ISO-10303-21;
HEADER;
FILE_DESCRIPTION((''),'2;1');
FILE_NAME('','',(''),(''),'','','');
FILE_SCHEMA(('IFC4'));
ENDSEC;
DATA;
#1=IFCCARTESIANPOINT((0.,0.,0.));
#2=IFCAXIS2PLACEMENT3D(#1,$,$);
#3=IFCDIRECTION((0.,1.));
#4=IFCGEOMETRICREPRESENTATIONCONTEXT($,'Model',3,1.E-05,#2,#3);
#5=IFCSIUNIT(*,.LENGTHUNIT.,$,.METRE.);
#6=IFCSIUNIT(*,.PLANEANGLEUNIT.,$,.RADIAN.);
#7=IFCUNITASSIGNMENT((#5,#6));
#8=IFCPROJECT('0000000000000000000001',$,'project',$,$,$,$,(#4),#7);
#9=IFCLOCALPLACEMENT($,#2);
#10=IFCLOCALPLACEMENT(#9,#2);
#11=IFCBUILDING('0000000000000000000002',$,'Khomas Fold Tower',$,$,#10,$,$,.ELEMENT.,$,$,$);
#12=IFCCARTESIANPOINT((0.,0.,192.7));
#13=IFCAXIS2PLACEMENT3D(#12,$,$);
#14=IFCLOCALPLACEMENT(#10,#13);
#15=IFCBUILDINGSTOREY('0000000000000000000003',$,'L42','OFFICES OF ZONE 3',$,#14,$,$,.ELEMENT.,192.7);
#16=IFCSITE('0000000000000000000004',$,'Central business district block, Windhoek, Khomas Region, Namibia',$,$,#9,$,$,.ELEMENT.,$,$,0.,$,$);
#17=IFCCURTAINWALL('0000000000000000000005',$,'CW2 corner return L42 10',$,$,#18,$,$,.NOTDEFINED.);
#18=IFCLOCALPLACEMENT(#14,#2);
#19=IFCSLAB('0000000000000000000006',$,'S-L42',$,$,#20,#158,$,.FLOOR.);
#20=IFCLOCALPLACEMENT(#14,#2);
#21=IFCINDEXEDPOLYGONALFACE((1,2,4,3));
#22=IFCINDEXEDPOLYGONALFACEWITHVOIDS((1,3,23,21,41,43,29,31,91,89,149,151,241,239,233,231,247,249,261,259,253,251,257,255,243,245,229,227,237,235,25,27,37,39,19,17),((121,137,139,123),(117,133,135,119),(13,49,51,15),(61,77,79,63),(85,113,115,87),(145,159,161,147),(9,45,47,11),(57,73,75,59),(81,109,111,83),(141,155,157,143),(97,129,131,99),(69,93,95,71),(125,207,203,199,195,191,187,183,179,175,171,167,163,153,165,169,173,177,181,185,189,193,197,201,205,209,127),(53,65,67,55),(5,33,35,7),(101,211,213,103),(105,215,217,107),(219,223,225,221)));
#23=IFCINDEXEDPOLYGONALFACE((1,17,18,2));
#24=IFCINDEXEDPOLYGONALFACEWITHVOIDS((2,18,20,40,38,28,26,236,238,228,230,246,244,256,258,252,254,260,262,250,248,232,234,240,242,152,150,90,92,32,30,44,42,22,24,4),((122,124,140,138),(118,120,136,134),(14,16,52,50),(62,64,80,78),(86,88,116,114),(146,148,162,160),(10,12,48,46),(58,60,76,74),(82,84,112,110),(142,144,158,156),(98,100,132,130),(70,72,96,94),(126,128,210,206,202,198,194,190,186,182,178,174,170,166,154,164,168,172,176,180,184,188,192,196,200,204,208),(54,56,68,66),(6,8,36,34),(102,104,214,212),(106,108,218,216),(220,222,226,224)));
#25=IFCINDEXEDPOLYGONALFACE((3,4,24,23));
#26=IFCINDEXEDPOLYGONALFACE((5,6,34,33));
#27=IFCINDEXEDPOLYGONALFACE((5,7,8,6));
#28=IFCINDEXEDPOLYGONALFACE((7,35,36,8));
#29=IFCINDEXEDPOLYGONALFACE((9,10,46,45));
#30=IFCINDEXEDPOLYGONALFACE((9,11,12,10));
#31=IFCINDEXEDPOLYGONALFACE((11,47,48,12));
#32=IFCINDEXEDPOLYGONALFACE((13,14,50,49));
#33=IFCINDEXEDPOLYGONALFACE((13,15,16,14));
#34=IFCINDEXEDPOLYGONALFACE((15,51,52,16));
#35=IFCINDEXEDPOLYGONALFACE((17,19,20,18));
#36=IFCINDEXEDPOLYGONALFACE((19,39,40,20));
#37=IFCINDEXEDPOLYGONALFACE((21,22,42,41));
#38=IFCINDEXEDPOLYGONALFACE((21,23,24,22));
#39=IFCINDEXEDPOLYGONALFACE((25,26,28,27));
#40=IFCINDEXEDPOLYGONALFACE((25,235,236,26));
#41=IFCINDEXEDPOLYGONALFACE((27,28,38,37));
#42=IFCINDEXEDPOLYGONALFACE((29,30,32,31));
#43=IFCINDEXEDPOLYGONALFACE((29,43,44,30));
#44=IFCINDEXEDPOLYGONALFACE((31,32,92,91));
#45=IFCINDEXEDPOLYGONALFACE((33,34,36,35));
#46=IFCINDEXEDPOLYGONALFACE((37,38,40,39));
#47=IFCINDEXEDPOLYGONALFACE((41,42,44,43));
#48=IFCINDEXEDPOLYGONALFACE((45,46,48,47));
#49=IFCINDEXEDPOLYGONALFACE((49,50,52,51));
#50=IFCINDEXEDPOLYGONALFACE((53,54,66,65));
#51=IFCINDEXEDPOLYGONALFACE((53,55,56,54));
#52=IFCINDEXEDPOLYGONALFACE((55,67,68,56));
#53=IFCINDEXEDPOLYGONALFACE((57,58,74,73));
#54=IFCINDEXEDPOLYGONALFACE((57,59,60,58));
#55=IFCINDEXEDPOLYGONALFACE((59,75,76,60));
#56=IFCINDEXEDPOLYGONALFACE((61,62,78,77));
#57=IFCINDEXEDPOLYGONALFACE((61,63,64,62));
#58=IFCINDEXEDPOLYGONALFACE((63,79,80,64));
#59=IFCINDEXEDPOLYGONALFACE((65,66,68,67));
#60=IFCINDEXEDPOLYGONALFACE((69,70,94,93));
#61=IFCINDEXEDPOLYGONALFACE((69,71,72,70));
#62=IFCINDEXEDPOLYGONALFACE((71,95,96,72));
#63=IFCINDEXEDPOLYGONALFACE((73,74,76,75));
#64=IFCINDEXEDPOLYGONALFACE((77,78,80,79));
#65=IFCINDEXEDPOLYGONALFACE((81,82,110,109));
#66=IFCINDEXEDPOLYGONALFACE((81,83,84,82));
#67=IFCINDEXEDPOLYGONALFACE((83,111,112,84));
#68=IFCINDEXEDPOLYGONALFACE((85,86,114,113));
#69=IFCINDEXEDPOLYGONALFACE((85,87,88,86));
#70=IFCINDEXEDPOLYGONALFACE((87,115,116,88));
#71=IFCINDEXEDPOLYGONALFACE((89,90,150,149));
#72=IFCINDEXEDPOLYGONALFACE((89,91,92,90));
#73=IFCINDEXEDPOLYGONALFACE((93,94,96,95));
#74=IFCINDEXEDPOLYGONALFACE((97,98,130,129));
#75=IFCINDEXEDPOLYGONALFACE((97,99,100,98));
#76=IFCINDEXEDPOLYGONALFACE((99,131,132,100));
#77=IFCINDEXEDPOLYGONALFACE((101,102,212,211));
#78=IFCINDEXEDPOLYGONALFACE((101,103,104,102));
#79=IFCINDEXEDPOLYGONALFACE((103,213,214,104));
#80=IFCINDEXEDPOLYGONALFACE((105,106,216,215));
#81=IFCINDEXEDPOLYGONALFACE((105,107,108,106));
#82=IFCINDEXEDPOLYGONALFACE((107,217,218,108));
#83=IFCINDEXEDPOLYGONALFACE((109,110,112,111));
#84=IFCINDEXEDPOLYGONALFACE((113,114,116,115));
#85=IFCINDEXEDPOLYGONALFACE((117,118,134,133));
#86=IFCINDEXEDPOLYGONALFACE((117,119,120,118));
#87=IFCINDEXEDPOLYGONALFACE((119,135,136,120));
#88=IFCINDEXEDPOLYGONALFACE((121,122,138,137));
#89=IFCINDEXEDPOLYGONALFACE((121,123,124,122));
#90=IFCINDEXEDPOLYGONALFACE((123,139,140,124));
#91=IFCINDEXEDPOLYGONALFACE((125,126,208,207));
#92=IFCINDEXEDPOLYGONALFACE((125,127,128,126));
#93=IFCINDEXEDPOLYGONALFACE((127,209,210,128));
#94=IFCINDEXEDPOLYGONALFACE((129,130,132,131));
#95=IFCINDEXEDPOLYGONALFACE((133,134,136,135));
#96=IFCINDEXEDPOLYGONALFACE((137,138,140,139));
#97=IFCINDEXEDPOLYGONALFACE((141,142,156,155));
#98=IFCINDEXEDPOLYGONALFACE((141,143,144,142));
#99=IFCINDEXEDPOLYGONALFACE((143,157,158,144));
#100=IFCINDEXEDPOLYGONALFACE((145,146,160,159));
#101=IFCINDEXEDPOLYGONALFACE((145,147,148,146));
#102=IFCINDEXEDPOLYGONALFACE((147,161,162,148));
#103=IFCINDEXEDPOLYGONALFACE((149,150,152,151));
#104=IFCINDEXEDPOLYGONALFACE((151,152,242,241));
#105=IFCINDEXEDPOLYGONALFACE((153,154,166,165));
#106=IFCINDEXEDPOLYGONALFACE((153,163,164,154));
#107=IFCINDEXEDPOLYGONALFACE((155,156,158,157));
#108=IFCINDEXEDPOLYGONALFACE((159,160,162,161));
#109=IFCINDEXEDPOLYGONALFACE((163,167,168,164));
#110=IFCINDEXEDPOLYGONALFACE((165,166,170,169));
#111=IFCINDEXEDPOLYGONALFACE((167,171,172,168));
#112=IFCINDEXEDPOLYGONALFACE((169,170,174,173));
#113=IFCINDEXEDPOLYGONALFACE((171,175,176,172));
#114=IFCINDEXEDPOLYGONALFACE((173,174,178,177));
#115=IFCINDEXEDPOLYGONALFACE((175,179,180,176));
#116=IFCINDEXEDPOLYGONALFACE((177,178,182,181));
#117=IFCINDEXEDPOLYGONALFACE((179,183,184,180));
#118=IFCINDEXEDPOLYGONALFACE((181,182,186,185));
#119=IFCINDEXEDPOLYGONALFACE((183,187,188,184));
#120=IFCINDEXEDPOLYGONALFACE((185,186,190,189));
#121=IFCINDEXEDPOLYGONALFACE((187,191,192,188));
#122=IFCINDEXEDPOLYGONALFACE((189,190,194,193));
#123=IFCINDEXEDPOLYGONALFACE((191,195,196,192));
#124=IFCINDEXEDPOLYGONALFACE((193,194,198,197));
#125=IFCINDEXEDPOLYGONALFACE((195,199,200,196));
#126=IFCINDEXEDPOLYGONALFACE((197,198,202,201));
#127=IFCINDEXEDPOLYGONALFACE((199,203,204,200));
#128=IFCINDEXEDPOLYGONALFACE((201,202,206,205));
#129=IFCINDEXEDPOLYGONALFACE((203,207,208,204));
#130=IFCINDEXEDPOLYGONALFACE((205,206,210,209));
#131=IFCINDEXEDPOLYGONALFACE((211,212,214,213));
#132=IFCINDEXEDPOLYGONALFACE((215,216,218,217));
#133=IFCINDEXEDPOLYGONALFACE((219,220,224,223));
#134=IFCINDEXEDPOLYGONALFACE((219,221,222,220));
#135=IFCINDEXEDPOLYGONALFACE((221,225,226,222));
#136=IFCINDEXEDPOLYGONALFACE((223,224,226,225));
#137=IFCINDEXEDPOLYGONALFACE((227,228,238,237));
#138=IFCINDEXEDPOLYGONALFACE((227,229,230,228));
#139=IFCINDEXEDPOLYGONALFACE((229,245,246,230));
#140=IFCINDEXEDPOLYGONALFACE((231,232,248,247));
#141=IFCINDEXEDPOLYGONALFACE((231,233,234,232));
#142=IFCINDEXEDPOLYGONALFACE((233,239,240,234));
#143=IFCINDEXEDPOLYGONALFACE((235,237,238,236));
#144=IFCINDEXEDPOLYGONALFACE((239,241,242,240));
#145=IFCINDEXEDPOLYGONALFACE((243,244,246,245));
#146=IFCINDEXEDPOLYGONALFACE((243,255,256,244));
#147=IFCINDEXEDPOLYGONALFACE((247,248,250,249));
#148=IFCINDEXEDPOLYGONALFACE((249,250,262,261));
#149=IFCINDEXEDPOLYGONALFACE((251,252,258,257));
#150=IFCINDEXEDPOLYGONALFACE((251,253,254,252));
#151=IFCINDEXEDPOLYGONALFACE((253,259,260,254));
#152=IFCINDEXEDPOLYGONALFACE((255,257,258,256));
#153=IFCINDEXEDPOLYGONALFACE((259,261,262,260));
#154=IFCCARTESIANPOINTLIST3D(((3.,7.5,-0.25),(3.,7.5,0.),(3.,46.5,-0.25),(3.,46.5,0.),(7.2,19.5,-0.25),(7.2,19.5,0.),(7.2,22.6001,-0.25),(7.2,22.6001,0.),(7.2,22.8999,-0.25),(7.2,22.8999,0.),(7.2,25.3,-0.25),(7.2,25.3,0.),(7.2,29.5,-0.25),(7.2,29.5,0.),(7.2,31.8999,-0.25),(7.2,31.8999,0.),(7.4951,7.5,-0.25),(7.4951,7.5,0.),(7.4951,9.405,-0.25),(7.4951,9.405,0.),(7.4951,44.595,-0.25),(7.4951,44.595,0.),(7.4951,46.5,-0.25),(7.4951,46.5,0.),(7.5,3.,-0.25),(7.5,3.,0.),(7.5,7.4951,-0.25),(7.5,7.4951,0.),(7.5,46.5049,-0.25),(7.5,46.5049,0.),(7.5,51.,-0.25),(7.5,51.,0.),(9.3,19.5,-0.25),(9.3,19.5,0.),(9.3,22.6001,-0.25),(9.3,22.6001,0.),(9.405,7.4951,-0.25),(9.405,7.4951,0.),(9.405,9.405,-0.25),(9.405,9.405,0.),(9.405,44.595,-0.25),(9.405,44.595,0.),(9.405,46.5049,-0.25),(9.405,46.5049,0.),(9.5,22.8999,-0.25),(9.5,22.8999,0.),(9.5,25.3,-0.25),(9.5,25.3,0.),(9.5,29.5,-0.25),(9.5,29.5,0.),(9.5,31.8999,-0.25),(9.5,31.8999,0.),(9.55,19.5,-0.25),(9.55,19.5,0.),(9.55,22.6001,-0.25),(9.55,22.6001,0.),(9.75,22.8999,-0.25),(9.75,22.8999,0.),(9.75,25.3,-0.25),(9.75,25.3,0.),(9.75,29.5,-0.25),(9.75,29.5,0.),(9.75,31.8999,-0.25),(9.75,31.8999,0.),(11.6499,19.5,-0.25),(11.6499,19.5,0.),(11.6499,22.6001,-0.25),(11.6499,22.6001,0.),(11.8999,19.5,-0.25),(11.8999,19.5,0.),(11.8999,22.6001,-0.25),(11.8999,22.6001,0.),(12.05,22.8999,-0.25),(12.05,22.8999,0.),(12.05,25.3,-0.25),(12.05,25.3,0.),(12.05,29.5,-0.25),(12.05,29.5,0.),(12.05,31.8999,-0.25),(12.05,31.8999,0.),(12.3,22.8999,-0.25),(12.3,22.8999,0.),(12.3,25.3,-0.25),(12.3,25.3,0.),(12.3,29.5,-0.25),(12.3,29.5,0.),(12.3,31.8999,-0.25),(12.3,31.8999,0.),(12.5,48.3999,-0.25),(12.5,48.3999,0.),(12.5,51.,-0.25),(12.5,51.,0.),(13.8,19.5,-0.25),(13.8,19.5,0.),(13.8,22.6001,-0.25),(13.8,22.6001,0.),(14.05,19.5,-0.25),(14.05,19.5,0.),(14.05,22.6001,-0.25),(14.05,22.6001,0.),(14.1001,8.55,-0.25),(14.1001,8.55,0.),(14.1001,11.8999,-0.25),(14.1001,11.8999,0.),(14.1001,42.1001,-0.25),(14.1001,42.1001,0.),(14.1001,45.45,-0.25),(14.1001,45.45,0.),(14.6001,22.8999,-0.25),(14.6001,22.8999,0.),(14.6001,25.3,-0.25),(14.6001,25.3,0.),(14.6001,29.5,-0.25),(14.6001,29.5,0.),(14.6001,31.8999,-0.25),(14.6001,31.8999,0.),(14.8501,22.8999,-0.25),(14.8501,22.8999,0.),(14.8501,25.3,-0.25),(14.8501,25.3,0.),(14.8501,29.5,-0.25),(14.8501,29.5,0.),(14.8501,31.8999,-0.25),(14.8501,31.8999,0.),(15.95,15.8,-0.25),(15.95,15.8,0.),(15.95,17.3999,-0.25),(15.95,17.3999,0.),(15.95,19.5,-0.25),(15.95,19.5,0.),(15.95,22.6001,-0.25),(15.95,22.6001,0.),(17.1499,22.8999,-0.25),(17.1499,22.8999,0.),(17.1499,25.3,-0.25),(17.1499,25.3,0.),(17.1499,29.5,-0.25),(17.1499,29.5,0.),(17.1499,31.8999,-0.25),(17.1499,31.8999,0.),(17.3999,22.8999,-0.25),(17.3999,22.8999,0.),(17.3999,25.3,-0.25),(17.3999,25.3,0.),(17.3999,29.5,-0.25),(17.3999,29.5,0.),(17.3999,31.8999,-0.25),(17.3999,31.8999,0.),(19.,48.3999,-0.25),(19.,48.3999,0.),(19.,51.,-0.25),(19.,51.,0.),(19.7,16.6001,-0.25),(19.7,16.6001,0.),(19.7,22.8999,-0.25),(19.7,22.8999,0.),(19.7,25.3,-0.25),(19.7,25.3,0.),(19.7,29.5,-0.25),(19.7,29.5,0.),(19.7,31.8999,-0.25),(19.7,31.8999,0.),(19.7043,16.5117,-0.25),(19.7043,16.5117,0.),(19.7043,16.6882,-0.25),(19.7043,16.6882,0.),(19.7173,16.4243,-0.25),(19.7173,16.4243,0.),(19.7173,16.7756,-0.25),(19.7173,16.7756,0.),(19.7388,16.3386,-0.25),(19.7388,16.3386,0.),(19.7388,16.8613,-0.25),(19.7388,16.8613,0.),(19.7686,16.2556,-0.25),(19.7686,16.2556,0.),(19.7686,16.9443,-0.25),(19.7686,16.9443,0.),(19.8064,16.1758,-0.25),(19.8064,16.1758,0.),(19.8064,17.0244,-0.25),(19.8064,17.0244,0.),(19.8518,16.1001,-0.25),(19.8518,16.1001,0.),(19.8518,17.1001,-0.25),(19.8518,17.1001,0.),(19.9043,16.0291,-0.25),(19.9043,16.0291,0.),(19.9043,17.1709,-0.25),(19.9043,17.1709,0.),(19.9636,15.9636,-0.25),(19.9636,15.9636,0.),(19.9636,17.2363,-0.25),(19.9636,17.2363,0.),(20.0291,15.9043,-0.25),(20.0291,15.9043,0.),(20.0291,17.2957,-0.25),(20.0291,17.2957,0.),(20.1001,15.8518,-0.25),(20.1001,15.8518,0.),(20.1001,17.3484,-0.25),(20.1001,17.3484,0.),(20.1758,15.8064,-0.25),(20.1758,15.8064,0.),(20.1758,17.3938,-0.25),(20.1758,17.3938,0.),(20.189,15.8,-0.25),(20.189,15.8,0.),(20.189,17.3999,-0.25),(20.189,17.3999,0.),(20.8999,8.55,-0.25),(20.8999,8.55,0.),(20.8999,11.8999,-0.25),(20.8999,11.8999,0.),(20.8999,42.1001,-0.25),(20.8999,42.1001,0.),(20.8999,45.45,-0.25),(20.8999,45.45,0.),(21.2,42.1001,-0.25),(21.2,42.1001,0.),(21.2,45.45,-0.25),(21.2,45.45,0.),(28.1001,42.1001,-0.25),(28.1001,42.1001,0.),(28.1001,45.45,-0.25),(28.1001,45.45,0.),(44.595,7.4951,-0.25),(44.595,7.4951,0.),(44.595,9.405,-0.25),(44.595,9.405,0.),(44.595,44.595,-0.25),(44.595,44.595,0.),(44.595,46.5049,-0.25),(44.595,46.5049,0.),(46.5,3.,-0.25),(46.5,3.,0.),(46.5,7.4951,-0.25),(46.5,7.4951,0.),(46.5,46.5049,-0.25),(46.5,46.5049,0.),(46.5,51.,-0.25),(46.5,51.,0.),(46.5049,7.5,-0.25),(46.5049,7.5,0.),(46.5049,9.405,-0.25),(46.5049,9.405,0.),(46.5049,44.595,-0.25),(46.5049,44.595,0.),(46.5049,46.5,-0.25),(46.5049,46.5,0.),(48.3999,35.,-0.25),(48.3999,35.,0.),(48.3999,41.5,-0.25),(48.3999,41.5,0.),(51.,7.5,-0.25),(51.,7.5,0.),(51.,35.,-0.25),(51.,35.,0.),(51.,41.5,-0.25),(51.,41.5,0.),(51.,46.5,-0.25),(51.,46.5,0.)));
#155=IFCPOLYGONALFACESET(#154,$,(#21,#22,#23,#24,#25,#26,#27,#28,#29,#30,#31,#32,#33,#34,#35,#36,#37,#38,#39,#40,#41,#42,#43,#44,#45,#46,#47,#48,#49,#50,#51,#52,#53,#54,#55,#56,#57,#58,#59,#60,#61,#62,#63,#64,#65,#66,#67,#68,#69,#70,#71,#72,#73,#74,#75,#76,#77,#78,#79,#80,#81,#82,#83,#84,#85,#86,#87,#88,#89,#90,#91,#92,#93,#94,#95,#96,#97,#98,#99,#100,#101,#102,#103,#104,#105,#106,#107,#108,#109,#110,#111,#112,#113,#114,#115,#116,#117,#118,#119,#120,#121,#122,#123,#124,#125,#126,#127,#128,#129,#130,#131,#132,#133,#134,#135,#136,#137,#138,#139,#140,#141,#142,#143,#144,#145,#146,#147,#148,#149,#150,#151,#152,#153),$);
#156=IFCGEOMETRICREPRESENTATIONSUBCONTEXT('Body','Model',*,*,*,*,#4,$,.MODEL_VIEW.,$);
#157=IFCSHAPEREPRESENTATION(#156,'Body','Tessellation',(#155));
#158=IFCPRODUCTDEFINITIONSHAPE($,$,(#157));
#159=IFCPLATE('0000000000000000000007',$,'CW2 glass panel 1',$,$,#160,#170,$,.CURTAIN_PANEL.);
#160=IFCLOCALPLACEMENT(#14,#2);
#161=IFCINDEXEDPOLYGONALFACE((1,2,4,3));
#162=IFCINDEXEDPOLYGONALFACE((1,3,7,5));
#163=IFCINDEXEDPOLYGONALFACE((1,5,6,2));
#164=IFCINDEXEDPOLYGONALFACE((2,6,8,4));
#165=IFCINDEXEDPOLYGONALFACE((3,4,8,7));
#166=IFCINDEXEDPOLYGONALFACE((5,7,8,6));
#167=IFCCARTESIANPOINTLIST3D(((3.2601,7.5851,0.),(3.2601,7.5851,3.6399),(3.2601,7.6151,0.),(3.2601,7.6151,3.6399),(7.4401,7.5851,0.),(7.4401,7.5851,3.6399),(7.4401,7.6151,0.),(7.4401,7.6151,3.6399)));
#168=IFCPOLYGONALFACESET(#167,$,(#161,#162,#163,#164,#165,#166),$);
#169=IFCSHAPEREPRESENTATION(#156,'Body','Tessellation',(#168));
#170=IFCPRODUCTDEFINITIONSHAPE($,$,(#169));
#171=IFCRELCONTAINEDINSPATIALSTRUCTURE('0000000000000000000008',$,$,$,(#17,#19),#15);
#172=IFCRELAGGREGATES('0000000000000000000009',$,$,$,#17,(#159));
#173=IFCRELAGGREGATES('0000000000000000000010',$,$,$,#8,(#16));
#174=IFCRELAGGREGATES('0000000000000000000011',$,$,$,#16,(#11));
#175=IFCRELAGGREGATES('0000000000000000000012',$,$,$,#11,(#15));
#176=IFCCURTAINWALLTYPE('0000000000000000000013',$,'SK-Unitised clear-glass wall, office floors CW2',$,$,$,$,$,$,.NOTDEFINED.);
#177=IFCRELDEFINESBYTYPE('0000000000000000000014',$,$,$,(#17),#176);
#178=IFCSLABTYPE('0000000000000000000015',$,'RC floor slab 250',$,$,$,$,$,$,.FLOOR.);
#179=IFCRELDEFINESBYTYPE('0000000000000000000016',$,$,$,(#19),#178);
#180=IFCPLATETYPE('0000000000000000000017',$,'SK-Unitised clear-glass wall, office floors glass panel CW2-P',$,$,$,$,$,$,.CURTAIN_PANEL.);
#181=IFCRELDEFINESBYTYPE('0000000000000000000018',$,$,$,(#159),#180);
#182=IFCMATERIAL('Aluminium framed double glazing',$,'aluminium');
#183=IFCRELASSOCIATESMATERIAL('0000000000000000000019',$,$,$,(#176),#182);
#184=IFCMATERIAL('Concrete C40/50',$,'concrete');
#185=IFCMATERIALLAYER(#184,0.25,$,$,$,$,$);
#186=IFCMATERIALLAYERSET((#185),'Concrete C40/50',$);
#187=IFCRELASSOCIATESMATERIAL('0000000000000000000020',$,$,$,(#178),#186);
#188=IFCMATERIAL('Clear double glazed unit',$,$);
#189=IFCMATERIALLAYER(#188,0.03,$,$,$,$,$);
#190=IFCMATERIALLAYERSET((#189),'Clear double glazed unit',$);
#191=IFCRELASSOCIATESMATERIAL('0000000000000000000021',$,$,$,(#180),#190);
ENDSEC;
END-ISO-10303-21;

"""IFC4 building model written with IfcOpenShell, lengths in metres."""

from ifc_helpers import new_model, si_unit, direction, frame, origin, origin_2d, place, context, subcontext, project, spatial, polyline, rectangle, outline, extrude, source, transform, mapped, material, layer, layer_set, type_object, element, aggregate, save


model = new_model("IFC4")

# Units and contexts
model_context = context("Model", 3, precision=1e-05, world=origin(), true_north=direction((0.0, 1.0)))
body_context = subcontext(model_context, "Body", "Model", "MODEL_VIEW")
ifc_project = project(units=[si_unit("LENGTHUNIT", "METRE"), si_unit("PLANEANGLEUNIT", "RADIAN")], contexts=[model_context])

# Site, building, storey
site_placement = place(None, origin())
site = spatial("IfcSite", under=ifc_project, at=site_placement, Name="Central business district block, Windhoek, Khomas Region, Namibia", CompositionType="ELEMENT", RefElevation=0.0)
building_placement = place(site_placement, origin())
building = spatial("IfcBuilding", under=site, at=building_placement, Name="Khomas Fold Tower", CompositionType="ELEMENT")
storey_placement = place(building_placement, frame((0.0, 0.0, 192.7)))
storey = spatial("IfcBuildingStorey", under=building, at=storey_placement, Name="L42", Description="OFFICES OF ZONE 3", CompositionType="ELEMENT", Elevation=192.7)

# Curtain wall
ifc_material_1 = material(Name="Aluminium framed double glazing", Category="aluminium")
curtain_wall_type = type_object("IfcCurtainWallType", Name="SK-Unitised clear-glass wall, office floors CW2", PredefinedType="NOTDEFINED", material=ifc_material_1)
curtain_wall_1_placement = place(storey_placement, origin())
curtain_wall_1 = element("IfcCurtainWall", 1, at=curtain_wall_1_placement, inside=storey, type_object=curtain_wall_type, Name="CW2 corner return L42 10", PredefinedType="NOTDEFINED")

# Slab
ifc_material_2 = material(Name="Concrete C40/50", Category="concrete")
ifc_layer_1 = layer(ifc_material_2, 0.25)
ifc_layer_set_1 = layer_set([ifc_layer_1], Name="Concrete C40/50")
slab_type_1 = type_object("IfcSlabType", Name="RC floor slab 250", PredefinedType="FLOOR", material=ifc_layer_set_1)
shared_shape_1 = source(origin(), body_context, "Body", "SweptSolid", [
    extrude(outline(polyline([(3.0, 7.5), (7.4951, 7.5), (7.4951, 9.405), (9.405, 9.405), (9.405, 7.4951), (7.5, 7.4951), (7.5, 3.0), (46.5, 3.0), (46.5, 7.4951), (44.595, 7.4951), (44.595, 9.405), (46.5049, 9.405), (46.5049, 7.5), (51.0, 7.5), (51.0, 35.0), (48.3999, 35.0), (48.3999, 41.5), (51.0, 41.5), (51.0, 46.5), (46.5049, 46.5), (46.5049, 44.595), (44.595, 44.595), (44.595, 46.5049), (46.5, 46.5049), (46.5, 51.0), (19.0, 51.0), (19.0, 48.3999), (12.5, 48.3999), (12.5, 51.0), (7.5, 51.0), (7.5, 46.5049), (9.405, 46.5049), (9.405, 44.595), (7.4951, 44.595), (7.4951, 46.5), (3.0, 46.5), (3.0, 7.5)]), holes=[polyline([(7.2, 19.5), (7.2, 22.6001), (9.3, 22.6001), (9.3, 19.5), (7.2, 19.5)]), polyline([(7.2, 22.8999), (7.2, 25.3), (9.5, 25.3), (9.5, 22.8999), (7.2, 22.8999)]), polyline([(7.2, 29.5), (7.2, 31.8999), (9.5, 31.8999), (9.5, 29.5), (7.2, 29.5)]), polyline([(9.55, 19.5), (9.55, 22.6001), (11.6499, 22.6001), (11.6499, 19.5), (9.55, 19.5)]), polyline([(9.75, 22.8999), (9.75, 25.3), (12.05, 25.3), (12.05, 22.8999), (9.75, 22.8999)]), polyline([(9.75, 29.5), (9.75, 31.8999), (12.05, 31.8999), (12.05, 29.5), (9.75, 29.5)]), polyline([(11.8999, 19.5), (11.8999, 22.6001), (13.8, 22.6001), (13.8, 19.5), (11.8999, 19.5)]), polyline([(12.3, 22.8999), (12.3, 25.3), (14.6001, 25.3), (14.6001, 22.8999), (12.3, 22.8999)]), polyline([(12.3, 29.5), (12.3, 31.8999), (14.6001, 31.8999), (14.6001, 29.5), (12.3, 29.5)]), polyline([(14.05, 19.5), (14.05, 22.6001), (15.95, 22.6001), (15.95, 19.5), (14.05, 19.5)]), polyline([(14.1001, 8.55), (14.1001, 11.8999), (20.8999, 11.8999), (20.8999, 8.55), (14.1001, 8.55)]), polyline([(14.1001, 42.1001), (14.1001, 45.45), (20.8999, 45.45), (20.8999, 42.1001), (14.1001, 42.1001)]), polyline([(14.8501, 22.8999), (14.8501, 25.3), (17.1499, 25.3), (17.1499, 22.8999), (14.8501, 22.8999)]), polyline([(14.8501, 29.5), (14.8501, 31.8999), (17.1499, 31.8999), (17.1499, 29.5), (14.8501, 29.5)]), polyline([(15.95, 15.8), (15.95, 17.3999), (20.189, 17.3999), (20.1758, 17.3938), (20.1001, 17.3484), (20.0291, 17.2957), (19.9636, 17.2363), (19.9043, 17.1709), (19.8518, 17.1001), (19.8064, 17.0244), (19.7686, 16.9443), (19.7388, 16.8613), (19.7173, 16.7756), (19.7043, 16.6882), (19.7, 16.6001), (19.7043, 16.5117), (19.7173, 16.4243), (19.7388, 16.3386), (19.7686, 16.2556), (19.8064, 16.1758), (19.8518, 16.1001), (19.9043, 16.0291), (19.9636, 15.9636), (20.0291, 15.9043), (20.1001, 15.8518), (20.1758, 15.8064), (20.189, 15.8), (15.95, 15.8)]), polyline([(17.3999, 22.8999), (17.3999, 25.3), (19.7, 25.3), (19.7, 22.8999), (17.3999, 22.8999)]), polyline([(17.3999, 29.5), (17.3999, 31.8999), (19.7, 31.8999), (19.7, 29.5), (17.3999, 29.5)]), polyline([(21.2, 42.1001), (21.2, 45.45), (28.1001, 45.45), (28.1001, 42.1001), (21.2, 42.1001)])]), origin(), (0.0, 0.0, 1.0), 0.25),
])
slab_1_placement = place(storey_placement, frame((0.0, 0.0, -0.25)))
element("IfcSlab", 2, at=slab_1_placement, inside=storey, type_object=slab_type_1, Name="S-L42", PredefinedType="FLOOR", context=body_context, shape_type="MappedRepresentation", body=[
    mapped(shared_shape_1, transform((0.0, 0.0, 0.0))),
])

# Plate
ifc_material_3 = material(Name="Clear double glazed unit")
ifc_layer_2 = layer(ifc_material_3, 0.03)
ifc_layer_set_2 = layer_set([ifc_layer_2], Name="Clear double glazed unit")
plate_type = type_object("IfcPlateType", Name="SK-Unitised clear-glass wall, office floors glass panel CW2-P", PredefinedType="CURTAIN_PANEL", material=ifc_layer_set_2)
shared_shape_2 = source(origin(), body_context, "Body", "SweptSolid", [
    extrude(rectangle(XDim=4.1799, YDim=0.03, at=origin_2d()), origin(), (0.0, 0.0, 1.0), 3.6399),
])
plate_1_placement = place(storey_placement, frame((5.3501, 7.6001, 0.0), z_axis=(0.0, 0.0, 1.0), x_axis=(1.0, 0.0, 0.0)))
plate_1 = element("IfcPlate", 3, at=plate_1_placement, type_object=plate_type, Name="CW2 glass panel 1", PredefinedType="CURTAIN_PANEL", context=body_context, shape_type="MappedRepresentation", body=[
    mapped(shared_shape_2, transform((0.0, 0.0, 0.0))),
])
aggregate(curtain_wall_1, [plate_1])

save(model, "model.ifc")
